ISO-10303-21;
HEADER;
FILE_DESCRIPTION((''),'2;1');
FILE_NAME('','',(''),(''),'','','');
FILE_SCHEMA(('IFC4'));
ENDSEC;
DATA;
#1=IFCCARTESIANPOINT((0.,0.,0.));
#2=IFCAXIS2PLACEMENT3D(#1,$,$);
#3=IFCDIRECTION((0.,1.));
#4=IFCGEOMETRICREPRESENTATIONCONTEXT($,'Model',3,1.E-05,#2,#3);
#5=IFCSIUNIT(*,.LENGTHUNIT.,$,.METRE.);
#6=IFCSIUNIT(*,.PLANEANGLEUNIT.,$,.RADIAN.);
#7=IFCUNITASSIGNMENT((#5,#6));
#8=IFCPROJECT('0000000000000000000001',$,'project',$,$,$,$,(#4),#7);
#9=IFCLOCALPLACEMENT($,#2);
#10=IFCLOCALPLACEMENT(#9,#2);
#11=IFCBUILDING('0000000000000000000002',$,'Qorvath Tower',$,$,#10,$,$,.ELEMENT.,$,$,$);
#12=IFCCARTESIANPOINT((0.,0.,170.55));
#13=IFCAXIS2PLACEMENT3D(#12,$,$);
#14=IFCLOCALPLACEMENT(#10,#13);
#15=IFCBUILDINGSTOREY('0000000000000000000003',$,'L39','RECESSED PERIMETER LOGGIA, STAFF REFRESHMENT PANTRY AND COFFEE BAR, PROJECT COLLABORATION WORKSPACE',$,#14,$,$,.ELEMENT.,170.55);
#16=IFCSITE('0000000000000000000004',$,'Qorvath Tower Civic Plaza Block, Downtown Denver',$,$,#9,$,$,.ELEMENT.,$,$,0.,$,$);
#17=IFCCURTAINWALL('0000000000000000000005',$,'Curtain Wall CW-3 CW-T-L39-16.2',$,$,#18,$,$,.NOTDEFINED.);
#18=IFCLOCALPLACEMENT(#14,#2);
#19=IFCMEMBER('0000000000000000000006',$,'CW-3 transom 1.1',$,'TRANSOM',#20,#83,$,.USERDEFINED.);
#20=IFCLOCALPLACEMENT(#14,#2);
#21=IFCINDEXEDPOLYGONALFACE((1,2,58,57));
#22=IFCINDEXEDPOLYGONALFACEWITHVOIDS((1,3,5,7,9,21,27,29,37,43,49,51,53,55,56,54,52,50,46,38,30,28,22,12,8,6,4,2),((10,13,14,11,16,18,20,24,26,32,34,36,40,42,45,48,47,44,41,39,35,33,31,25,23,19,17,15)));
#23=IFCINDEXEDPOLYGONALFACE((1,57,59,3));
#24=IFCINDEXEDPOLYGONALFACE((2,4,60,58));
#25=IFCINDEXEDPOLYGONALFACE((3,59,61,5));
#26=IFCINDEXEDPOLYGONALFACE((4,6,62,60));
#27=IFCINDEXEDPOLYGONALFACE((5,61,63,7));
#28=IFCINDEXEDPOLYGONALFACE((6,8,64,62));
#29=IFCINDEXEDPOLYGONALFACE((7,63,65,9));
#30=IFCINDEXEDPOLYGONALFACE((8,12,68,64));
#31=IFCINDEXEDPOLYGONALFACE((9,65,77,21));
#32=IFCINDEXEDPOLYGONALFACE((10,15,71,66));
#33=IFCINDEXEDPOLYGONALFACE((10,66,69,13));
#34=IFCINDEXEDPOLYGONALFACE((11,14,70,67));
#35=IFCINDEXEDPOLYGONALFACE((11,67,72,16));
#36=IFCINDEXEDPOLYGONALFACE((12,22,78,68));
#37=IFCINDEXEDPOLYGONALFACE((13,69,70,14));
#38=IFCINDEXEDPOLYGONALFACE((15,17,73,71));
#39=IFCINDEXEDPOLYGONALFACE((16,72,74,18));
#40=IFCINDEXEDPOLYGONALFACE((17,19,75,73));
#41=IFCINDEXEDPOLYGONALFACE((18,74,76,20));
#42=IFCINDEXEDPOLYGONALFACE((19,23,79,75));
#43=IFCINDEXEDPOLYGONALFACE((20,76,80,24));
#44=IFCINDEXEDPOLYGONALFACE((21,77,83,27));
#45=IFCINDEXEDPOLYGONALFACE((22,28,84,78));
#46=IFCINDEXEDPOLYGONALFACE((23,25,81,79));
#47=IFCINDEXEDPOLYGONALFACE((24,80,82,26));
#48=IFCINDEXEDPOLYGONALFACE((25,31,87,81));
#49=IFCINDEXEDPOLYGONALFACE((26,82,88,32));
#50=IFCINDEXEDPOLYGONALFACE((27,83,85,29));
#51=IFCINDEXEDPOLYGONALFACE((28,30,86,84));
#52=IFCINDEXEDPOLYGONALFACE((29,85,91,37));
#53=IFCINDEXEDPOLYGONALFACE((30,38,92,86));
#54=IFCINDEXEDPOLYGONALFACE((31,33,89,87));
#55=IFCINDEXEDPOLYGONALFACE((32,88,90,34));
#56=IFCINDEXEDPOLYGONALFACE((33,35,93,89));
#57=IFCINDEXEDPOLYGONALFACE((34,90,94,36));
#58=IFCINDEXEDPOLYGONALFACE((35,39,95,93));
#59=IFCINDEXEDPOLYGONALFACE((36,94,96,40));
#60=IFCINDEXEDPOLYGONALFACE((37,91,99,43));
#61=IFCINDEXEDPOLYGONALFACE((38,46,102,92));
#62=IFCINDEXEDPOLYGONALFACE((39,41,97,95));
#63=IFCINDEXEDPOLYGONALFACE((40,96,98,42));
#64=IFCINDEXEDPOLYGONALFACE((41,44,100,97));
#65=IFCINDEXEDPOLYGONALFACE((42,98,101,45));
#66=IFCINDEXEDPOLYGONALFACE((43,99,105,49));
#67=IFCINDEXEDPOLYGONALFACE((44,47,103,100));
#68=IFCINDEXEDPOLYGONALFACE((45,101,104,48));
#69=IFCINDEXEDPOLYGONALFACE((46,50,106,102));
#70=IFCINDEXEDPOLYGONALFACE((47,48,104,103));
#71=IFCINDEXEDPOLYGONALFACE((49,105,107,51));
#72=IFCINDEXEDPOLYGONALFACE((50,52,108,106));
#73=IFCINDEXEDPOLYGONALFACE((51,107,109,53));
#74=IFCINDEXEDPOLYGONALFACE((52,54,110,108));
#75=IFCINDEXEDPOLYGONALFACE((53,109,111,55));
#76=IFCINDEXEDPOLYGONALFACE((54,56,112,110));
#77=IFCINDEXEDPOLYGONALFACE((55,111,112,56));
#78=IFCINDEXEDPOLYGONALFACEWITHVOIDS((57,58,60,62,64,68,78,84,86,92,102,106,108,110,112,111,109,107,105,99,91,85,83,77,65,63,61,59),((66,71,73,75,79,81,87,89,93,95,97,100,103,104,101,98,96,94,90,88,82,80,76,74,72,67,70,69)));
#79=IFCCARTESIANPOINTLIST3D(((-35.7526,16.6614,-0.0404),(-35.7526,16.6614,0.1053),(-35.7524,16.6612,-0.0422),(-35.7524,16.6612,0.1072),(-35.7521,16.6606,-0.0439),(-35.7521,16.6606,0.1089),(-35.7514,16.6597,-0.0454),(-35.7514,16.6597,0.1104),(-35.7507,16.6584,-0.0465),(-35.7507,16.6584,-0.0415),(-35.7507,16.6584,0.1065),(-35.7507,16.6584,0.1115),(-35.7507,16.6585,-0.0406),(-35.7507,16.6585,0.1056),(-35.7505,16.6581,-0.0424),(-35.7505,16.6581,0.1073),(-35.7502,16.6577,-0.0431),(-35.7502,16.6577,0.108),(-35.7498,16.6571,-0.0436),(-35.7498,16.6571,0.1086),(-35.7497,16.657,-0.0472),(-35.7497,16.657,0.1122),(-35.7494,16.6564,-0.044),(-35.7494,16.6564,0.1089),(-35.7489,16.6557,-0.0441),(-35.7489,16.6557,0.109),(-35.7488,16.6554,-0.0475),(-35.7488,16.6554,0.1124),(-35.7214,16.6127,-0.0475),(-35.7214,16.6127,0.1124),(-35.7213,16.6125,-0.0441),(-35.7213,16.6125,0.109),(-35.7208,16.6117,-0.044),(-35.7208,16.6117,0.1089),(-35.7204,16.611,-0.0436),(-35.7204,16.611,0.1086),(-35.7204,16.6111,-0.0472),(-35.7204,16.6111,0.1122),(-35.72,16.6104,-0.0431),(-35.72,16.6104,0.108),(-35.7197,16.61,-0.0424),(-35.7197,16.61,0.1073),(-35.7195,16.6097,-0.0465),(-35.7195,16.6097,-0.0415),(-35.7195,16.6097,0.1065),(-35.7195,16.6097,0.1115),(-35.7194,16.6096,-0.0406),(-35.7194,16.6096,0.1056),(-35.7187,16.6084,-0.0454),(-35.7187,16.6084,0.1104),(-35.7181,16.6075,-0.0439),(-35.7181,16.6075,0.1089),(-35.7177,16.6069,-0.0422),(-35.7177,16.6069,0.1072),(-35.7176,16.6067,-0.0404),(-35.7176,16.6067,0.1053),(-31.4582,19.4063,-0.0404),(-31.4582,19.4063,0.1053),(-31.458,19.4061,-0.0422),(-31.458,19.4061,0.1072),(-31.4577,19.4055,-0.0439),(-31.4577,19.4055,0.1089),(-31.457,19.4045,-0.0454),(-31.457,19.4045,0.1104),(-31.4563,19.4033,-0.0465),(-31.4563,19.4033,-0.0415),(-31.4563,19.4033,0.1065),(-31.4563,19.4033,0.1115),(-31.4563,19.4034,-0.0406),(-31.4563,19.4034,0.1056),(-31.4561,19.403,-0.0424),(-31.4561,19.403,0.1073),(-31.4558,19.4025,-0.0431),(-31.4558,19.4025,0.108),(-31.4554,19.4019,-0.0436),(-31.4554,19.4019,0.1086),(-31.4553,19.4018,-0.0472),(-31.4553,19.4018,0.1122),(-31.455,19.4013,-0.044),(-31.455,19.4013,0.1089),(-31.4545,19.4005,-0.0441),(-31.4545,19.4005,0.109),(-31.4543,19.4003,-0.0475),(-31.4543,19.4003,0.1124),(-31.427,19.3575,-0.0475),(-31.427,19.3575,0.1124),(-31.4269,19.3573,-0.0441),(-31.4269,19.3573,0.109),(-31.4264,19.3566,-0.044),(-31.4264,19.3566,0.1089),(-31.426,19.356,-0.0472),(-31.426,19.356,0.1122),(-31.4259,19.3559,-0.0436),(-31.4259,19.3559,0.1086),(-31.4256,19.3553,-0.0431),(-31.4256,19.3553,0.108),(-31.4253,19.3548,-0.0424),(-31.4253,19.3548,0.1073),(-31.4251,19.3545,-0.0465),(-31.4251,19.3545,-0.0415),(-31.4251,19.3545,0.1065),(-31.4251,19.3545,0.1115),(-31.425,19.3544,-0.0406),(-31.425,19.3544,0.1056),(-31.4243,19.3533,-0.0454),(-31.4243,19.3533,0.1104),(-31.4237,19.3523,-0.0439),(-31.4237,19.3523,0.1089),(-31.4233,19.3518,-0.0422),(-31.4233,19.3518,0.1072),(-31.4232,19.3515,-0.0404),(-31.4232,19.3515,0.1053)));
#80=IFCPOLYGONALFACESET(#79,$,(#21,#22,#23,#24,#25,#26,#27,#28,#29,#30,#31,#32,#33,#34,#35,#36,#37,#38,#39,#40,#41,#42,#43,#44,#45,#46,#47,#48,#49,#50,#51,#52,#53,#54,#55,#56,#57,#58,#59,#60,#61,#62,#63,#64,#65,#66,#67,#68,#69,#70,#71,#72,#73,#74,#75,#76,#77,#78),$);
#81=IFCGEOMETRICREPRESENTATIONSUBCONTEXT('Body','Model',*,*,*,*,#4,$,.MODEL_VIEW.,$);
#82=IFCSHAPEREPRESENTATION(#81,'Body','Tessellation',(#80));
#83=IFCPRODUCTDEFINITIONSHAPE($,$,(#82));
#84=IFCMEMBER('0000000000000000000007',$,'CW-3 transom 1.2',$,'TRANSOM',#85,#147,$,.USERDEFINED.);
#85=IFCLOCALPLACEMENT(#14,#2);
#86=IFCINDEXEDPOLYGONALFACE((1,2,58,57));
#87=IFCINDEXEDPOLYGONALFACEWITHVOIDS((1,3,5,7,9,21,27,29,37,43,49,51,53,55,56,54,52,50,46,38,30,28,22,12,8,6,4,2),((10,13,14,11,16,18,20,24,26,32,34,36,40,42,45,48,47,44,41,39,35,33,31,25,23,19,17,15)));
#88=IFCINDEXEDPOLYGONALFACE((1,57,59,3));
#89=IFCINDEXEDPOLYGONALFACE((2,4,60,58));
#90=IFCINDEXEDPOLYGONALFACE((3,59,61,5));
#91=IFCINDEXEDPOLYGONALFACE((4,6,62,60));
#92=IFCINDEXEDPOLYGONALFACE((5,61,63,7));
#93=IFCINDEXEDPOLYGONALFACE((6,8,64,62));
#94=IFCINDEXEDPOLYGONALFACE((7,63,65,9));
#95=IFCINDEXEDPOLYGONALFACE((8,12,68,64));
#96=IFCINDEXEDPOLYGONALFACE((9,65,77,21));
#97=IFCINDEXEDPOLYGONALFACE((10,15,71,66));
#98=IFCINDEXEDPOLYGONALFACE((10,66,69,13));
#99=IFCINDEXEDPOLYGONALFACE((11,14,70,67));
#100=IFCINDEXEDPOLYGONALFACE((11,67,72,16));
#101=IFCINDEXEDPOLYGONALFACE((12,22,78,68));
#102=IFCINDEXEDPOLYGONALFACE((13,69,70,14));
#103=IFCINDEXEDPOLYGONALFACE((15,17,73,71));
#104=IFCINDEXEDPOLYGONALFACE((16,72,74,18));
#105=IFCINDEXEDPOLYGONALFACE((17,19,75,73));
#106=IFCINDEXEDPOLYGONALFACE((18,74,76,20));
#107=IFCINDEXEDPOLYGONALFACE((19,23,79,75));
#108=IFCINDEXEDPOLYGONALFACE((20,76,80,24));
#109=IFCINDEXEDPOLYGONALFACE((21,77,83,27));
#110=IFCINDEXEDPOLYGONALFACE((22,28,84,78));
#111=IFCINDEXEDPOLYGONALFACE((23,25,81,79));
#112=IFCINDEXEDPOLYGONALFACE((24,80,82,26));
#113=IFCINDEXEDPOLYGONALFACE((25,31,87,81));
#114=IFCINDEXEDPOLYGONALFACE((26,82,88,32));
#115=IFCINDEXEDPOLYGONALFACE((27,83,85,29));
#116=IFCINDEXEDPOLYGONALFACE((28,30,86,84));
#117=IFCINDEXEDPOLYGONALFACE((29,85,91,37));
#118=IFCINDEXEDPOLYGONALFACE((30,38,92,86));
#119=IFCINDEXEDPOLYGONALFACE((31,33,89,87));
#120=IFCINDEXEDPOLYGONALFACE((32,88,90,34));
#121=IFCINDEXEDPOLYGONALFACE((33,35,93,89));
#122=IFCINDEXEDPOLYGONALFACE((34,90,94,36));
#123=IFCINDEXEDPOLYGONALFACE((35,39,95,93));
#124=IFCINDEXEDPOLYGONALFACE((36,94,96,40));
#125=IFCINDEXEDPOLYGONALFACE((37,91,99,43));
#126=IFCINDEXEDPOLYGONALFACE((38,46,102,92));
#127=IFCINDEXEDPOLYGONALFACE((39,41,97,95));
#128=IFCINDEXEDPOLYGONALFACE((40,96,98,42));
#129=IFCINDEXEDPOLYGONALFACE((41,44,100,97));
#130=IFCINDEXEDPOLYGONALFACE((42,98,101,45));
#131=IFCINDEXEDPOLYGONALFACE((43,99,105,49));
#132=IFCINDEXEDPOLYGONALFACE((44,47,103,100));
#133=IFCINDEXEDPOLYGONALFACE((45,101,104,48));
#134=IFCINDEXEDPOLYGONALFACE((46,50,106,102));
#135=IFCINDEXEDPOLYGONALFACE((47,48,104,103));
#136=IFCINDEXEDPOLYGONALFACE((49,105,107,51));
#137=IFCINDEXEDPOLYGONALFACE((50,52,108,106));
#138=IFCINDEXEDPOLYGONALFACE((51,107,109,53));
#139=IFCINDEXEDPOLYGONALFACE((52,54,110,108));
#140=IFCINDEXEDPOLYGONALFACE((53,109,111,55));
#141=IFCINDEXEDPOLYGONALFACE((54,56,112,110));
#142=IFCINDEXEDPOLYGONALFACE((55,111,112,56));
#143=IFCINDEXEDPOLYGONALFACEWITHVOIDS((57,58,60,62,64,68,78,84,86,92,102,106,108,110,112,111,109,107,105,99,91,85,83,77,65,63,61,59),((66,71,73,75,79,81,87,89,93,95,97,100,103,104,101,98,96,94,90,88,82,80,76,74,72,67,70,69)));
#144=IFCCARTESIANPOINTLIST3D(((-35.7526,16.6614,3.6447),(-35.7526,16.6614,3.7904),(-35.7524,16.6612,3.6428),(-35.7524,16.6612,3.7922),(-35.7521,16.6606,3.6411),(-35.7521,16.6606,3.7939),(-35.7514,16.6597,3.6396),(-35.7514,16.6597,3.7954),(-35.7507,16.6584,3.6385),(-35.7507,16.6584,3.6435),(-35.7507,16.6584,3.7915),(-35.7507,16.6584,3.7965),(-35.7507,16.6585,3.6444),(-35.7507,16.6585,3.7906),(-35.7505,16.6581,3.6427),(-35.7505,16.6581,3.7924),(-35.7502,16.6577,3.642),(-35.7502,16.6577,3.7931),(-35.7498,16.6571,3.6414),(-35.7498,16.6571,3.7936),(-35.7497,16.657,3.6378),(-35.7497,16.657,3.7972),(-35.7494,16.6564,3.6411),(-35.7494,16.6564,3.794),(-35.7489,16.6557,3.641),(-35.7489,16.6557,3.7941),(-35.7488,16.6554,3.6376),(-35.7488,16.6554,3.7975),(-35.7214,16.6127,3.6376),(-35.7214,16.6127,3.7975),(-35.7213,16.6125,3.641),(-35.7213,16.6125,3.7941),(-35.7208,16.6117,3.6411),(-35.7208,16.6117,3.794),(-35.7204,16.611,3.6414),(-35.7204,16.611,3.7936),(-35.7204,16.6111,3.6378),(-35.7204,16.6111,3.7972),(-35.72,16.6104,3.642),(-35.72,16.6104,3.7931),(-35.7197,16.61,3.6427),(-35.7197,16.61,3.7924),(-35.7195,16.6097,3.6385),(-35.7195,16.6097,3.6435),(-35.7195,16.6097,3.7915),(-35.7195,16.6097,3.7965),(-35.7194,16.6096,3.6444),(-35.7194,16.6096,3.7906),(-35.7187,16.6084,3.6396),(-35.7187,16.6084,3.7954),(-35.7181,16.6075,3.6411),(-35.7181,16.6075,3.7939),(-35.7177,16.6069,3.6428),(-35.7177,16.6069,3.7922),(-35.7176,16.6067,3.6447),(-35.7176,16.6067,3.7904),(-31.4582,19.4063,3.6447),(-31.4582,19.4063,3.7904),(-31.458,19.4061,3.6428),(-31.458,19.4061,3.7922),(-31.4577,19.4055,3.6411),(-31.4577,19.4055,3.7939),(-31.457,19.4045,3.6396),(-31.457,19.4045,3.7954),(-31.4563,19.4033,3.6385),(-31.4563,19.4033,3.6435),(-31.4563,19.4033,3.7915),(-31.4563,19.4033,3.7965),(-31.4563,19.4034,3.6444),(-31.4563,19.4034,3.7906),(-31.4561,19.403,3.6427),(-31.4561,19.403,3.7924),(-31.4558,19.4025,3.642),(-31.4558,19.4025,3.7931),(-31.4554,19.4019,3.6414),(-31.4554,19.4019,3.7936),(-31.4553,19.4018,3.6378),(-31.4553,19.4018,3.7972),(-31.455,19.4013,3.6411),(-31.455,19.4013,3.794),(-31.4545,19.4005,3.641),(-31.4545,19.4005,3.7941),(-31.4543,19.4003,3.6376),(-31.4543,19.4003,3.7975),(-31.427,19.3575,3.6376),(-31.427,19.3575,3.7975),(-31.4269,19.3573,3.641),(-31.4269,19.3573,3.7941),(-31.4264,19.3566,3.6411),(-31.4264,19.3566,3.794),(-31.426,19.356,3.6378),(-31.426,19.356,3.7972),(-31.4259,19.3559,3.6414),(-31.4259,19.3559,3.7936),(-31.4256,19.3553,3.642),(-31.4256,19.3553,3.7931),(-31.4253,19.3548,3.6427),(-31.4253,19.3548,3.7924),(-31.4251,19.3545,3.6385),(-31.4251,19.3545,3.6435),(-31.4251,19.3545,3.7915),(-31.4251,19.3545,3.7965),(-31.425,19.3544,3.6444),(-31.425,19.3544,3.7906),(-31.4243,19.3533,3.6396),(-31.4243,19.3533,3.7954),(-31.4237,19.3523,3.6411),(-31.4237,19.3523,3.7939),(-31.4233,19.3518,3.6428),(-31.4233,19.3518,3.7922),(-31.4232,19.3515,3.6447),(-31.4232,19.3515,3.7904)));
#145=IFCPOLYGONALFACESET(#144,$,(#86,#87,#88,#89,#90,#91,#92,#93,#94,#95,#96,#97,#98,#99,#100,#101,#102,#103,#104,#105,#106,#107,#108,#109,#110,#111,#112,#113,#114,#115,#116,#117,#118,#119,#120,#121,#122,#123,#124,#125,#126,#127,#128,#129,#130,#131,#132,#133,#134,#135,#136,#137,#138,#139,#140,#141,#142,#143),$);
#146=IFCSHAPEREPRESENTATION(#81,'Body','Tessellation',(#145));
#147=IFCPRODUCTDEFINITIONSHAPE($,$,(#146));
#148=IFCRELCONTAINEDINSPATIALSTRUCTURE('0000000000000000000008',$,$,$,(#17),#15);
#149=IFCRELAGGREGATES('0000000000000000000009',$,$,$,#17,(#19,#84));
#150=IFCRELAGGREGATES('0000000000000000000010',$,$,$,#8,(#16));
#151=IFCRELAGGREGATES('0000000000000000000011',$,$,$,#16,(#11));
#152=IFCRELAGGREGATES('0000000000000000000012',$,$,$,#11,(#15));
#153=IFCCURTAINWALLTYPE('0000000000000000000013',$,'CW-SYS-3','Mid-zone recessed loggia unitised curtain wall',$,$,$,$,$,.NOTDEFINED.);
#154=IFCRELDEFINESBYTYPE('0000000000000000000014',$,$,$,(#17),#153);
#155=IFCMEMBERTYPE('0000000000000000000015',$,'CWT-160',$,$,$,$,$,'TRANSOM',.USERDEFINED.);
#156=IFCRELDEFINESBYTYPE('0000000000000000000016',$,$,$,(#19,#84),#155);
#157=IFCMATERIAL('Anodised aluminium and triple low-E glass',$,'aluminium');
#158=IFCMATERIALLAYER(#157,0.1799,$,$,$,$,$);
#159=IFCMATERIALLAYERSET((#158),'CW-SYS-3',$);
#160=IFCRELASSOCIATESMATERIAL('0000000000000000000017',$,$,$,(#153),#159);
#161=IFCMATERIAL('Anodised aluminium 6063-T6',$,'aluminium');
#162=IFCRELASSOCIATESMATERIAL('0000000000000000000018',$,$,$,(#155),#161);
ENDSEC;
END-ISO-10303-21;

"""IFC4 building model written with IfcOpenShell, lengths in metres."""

from ifc_helpers import new_model, si_unit, direction, frame, origin, origin_2d, place, context, subcontext, project, spatial, hollow_rectangle, extrude, material, layer, layer_set, material_profile, profile_set, type_object, element, aggregate, save


model = new_model("IFC4")

# Units and contexts
model_context = context("Model", 3, precision=1e-05, world=origin(), true_north=direction((0.0, 1.0)))
body_context = subcontext(model_context, "Body", "Model", "MODEL_VIEW")
ifc_project = project(units=[si_unit("LENGTHUNIT", "METRE"), si_unit("PLANEANGLEUNIT", "RADIAN")], contexts=[model_context])

# Site, building, storey
site_placement = place(None, origin())
site = spatial("IfcSite", under=ifc_project, at=site_placement, Name="Qorvath Tower Civic Plaza Block, Downtown Denver", CompositionType="ELEMENT", RefElevation=0.0)
building_placement = place(site_placement, origin())
building = spatial("IfcBuilding", under=site, at=building_placement, Name="Qorvath Tower", CompositionType="ELEMENT")
storey_placement = place(building_placement, frame((0.0, 0.0, 170.55)))
storey = spatial("IfcBuildingStorey", under=building, at=storey_placement, Name="L39", Description="RECESSED PERIMETER LOGGIA, STAFF REFRESHMENT PANTRY AND COFFEE BAR, PROJECT COLLABORATION WORKSPACE", CompositionType="ELEMENT", Elevation=170.55)

# Curtain wall, members
ifc_material_1 = material(Name="Anodised aluminium and triple low-E glass", Category="aluminium")
ifc_layer_1 = layer(ifc_material_1, 0.1799)
ifc_layer_set_1 = layer_set([ifc_layer_1], Name="CW-SYS-3")
curtain_wall_type = type_object("IfcCurtainWallType", Name="CW-SYS-3", Description="Mid-zone recessed loggia unitised curtain wall", PredefinedType="NOTDEFINED", material=ifc_layer_set_1)
curtain_wall_placement = place(storey_placement, origin())
curtain_wall = element("IfcCurtainWall", 1, at=curtain_wall_placement, inside=storey, type_object=curtain_wall_type, Name="Curtain Wall CW-3 CW-T-L39-16.2", PredefinedType="NOTDEFINED")
ifc_material_2 = material(Name="Anodised aluminium 6063-T6", Category="aluminium")
ifc_material_profile_1 = material_profile(ifc_material_2, hollow_rectangle(XDim=0.0649, YDim=0.1599, WallThickness=0.0034, InnerFilletRadius=0.0034, OuterFilletRadius=0.0071, at=origin_2d()), Name="CWT 160x65")
ifc_profile_set_1 = profile_set([ifc_material_profile_1], Name="Anodised aluminium 6063-T6")
member_type_1 = type_object("IfcMemberType", Name="CWT-160", ElementType="TRANSOM", PredefinedType="USERDEFINED", material=ifc_profile_set_1)
member_1_placement = place(storey_placement, frame((-31.4407, 19.3789, 0.0325), z_axis=(-0.842589, -0.538557, 0.0), x_axis=(0.538557, -0.842589, 0.0)))
member_1 = element("IfcMember", 2, at=member_1_placement, type_object=member_type_1, Name="CW-3 transom 1.1", ObjectType="TRANSOM", PredefinedType="USERDEFINED", context=body_context, shape_type="SweptSolid", body=[
    extrude(hollow_rectangle(XDim=0.0649, YDim=0.1599, WallThickness=0.0034, InnerFilletRadius=0.0034, OuterFilletRadius=0.0071, at=origin_2d()), origin(), (0.0, 0.0, 1.0), 5.0967),
])
member_2_placement = place(storey_placement, frame((-31.4407, 19.3789, 3.7175), z_axis=(-0.842589, -0.538557, 0.0), x_axis=(0.538557, -0.842589, 0.0)))
member_2 = element("IfcMember", 3, at=member_2_placement, type_object=member_type_1, Name="CW-3 transom 1.2", ObjectType="TRANSOM", PredefinedType="USERDEFINED", context=body_context, shape_type="SweptSolid", body=[
    extrude(hollow_rectangle(XDim=0.0649, YDim=0.1599, WallThickness=0.0034, InnerFilletRadius=0.0034, OuterFilletRadius=0.0071, at=origin_2d()), origin(), (0.0, 0.0, 1.0), 5.0967),
])
aggregate(curtain_wall, [member_1, member_2])

save(model, "model.ifc")
